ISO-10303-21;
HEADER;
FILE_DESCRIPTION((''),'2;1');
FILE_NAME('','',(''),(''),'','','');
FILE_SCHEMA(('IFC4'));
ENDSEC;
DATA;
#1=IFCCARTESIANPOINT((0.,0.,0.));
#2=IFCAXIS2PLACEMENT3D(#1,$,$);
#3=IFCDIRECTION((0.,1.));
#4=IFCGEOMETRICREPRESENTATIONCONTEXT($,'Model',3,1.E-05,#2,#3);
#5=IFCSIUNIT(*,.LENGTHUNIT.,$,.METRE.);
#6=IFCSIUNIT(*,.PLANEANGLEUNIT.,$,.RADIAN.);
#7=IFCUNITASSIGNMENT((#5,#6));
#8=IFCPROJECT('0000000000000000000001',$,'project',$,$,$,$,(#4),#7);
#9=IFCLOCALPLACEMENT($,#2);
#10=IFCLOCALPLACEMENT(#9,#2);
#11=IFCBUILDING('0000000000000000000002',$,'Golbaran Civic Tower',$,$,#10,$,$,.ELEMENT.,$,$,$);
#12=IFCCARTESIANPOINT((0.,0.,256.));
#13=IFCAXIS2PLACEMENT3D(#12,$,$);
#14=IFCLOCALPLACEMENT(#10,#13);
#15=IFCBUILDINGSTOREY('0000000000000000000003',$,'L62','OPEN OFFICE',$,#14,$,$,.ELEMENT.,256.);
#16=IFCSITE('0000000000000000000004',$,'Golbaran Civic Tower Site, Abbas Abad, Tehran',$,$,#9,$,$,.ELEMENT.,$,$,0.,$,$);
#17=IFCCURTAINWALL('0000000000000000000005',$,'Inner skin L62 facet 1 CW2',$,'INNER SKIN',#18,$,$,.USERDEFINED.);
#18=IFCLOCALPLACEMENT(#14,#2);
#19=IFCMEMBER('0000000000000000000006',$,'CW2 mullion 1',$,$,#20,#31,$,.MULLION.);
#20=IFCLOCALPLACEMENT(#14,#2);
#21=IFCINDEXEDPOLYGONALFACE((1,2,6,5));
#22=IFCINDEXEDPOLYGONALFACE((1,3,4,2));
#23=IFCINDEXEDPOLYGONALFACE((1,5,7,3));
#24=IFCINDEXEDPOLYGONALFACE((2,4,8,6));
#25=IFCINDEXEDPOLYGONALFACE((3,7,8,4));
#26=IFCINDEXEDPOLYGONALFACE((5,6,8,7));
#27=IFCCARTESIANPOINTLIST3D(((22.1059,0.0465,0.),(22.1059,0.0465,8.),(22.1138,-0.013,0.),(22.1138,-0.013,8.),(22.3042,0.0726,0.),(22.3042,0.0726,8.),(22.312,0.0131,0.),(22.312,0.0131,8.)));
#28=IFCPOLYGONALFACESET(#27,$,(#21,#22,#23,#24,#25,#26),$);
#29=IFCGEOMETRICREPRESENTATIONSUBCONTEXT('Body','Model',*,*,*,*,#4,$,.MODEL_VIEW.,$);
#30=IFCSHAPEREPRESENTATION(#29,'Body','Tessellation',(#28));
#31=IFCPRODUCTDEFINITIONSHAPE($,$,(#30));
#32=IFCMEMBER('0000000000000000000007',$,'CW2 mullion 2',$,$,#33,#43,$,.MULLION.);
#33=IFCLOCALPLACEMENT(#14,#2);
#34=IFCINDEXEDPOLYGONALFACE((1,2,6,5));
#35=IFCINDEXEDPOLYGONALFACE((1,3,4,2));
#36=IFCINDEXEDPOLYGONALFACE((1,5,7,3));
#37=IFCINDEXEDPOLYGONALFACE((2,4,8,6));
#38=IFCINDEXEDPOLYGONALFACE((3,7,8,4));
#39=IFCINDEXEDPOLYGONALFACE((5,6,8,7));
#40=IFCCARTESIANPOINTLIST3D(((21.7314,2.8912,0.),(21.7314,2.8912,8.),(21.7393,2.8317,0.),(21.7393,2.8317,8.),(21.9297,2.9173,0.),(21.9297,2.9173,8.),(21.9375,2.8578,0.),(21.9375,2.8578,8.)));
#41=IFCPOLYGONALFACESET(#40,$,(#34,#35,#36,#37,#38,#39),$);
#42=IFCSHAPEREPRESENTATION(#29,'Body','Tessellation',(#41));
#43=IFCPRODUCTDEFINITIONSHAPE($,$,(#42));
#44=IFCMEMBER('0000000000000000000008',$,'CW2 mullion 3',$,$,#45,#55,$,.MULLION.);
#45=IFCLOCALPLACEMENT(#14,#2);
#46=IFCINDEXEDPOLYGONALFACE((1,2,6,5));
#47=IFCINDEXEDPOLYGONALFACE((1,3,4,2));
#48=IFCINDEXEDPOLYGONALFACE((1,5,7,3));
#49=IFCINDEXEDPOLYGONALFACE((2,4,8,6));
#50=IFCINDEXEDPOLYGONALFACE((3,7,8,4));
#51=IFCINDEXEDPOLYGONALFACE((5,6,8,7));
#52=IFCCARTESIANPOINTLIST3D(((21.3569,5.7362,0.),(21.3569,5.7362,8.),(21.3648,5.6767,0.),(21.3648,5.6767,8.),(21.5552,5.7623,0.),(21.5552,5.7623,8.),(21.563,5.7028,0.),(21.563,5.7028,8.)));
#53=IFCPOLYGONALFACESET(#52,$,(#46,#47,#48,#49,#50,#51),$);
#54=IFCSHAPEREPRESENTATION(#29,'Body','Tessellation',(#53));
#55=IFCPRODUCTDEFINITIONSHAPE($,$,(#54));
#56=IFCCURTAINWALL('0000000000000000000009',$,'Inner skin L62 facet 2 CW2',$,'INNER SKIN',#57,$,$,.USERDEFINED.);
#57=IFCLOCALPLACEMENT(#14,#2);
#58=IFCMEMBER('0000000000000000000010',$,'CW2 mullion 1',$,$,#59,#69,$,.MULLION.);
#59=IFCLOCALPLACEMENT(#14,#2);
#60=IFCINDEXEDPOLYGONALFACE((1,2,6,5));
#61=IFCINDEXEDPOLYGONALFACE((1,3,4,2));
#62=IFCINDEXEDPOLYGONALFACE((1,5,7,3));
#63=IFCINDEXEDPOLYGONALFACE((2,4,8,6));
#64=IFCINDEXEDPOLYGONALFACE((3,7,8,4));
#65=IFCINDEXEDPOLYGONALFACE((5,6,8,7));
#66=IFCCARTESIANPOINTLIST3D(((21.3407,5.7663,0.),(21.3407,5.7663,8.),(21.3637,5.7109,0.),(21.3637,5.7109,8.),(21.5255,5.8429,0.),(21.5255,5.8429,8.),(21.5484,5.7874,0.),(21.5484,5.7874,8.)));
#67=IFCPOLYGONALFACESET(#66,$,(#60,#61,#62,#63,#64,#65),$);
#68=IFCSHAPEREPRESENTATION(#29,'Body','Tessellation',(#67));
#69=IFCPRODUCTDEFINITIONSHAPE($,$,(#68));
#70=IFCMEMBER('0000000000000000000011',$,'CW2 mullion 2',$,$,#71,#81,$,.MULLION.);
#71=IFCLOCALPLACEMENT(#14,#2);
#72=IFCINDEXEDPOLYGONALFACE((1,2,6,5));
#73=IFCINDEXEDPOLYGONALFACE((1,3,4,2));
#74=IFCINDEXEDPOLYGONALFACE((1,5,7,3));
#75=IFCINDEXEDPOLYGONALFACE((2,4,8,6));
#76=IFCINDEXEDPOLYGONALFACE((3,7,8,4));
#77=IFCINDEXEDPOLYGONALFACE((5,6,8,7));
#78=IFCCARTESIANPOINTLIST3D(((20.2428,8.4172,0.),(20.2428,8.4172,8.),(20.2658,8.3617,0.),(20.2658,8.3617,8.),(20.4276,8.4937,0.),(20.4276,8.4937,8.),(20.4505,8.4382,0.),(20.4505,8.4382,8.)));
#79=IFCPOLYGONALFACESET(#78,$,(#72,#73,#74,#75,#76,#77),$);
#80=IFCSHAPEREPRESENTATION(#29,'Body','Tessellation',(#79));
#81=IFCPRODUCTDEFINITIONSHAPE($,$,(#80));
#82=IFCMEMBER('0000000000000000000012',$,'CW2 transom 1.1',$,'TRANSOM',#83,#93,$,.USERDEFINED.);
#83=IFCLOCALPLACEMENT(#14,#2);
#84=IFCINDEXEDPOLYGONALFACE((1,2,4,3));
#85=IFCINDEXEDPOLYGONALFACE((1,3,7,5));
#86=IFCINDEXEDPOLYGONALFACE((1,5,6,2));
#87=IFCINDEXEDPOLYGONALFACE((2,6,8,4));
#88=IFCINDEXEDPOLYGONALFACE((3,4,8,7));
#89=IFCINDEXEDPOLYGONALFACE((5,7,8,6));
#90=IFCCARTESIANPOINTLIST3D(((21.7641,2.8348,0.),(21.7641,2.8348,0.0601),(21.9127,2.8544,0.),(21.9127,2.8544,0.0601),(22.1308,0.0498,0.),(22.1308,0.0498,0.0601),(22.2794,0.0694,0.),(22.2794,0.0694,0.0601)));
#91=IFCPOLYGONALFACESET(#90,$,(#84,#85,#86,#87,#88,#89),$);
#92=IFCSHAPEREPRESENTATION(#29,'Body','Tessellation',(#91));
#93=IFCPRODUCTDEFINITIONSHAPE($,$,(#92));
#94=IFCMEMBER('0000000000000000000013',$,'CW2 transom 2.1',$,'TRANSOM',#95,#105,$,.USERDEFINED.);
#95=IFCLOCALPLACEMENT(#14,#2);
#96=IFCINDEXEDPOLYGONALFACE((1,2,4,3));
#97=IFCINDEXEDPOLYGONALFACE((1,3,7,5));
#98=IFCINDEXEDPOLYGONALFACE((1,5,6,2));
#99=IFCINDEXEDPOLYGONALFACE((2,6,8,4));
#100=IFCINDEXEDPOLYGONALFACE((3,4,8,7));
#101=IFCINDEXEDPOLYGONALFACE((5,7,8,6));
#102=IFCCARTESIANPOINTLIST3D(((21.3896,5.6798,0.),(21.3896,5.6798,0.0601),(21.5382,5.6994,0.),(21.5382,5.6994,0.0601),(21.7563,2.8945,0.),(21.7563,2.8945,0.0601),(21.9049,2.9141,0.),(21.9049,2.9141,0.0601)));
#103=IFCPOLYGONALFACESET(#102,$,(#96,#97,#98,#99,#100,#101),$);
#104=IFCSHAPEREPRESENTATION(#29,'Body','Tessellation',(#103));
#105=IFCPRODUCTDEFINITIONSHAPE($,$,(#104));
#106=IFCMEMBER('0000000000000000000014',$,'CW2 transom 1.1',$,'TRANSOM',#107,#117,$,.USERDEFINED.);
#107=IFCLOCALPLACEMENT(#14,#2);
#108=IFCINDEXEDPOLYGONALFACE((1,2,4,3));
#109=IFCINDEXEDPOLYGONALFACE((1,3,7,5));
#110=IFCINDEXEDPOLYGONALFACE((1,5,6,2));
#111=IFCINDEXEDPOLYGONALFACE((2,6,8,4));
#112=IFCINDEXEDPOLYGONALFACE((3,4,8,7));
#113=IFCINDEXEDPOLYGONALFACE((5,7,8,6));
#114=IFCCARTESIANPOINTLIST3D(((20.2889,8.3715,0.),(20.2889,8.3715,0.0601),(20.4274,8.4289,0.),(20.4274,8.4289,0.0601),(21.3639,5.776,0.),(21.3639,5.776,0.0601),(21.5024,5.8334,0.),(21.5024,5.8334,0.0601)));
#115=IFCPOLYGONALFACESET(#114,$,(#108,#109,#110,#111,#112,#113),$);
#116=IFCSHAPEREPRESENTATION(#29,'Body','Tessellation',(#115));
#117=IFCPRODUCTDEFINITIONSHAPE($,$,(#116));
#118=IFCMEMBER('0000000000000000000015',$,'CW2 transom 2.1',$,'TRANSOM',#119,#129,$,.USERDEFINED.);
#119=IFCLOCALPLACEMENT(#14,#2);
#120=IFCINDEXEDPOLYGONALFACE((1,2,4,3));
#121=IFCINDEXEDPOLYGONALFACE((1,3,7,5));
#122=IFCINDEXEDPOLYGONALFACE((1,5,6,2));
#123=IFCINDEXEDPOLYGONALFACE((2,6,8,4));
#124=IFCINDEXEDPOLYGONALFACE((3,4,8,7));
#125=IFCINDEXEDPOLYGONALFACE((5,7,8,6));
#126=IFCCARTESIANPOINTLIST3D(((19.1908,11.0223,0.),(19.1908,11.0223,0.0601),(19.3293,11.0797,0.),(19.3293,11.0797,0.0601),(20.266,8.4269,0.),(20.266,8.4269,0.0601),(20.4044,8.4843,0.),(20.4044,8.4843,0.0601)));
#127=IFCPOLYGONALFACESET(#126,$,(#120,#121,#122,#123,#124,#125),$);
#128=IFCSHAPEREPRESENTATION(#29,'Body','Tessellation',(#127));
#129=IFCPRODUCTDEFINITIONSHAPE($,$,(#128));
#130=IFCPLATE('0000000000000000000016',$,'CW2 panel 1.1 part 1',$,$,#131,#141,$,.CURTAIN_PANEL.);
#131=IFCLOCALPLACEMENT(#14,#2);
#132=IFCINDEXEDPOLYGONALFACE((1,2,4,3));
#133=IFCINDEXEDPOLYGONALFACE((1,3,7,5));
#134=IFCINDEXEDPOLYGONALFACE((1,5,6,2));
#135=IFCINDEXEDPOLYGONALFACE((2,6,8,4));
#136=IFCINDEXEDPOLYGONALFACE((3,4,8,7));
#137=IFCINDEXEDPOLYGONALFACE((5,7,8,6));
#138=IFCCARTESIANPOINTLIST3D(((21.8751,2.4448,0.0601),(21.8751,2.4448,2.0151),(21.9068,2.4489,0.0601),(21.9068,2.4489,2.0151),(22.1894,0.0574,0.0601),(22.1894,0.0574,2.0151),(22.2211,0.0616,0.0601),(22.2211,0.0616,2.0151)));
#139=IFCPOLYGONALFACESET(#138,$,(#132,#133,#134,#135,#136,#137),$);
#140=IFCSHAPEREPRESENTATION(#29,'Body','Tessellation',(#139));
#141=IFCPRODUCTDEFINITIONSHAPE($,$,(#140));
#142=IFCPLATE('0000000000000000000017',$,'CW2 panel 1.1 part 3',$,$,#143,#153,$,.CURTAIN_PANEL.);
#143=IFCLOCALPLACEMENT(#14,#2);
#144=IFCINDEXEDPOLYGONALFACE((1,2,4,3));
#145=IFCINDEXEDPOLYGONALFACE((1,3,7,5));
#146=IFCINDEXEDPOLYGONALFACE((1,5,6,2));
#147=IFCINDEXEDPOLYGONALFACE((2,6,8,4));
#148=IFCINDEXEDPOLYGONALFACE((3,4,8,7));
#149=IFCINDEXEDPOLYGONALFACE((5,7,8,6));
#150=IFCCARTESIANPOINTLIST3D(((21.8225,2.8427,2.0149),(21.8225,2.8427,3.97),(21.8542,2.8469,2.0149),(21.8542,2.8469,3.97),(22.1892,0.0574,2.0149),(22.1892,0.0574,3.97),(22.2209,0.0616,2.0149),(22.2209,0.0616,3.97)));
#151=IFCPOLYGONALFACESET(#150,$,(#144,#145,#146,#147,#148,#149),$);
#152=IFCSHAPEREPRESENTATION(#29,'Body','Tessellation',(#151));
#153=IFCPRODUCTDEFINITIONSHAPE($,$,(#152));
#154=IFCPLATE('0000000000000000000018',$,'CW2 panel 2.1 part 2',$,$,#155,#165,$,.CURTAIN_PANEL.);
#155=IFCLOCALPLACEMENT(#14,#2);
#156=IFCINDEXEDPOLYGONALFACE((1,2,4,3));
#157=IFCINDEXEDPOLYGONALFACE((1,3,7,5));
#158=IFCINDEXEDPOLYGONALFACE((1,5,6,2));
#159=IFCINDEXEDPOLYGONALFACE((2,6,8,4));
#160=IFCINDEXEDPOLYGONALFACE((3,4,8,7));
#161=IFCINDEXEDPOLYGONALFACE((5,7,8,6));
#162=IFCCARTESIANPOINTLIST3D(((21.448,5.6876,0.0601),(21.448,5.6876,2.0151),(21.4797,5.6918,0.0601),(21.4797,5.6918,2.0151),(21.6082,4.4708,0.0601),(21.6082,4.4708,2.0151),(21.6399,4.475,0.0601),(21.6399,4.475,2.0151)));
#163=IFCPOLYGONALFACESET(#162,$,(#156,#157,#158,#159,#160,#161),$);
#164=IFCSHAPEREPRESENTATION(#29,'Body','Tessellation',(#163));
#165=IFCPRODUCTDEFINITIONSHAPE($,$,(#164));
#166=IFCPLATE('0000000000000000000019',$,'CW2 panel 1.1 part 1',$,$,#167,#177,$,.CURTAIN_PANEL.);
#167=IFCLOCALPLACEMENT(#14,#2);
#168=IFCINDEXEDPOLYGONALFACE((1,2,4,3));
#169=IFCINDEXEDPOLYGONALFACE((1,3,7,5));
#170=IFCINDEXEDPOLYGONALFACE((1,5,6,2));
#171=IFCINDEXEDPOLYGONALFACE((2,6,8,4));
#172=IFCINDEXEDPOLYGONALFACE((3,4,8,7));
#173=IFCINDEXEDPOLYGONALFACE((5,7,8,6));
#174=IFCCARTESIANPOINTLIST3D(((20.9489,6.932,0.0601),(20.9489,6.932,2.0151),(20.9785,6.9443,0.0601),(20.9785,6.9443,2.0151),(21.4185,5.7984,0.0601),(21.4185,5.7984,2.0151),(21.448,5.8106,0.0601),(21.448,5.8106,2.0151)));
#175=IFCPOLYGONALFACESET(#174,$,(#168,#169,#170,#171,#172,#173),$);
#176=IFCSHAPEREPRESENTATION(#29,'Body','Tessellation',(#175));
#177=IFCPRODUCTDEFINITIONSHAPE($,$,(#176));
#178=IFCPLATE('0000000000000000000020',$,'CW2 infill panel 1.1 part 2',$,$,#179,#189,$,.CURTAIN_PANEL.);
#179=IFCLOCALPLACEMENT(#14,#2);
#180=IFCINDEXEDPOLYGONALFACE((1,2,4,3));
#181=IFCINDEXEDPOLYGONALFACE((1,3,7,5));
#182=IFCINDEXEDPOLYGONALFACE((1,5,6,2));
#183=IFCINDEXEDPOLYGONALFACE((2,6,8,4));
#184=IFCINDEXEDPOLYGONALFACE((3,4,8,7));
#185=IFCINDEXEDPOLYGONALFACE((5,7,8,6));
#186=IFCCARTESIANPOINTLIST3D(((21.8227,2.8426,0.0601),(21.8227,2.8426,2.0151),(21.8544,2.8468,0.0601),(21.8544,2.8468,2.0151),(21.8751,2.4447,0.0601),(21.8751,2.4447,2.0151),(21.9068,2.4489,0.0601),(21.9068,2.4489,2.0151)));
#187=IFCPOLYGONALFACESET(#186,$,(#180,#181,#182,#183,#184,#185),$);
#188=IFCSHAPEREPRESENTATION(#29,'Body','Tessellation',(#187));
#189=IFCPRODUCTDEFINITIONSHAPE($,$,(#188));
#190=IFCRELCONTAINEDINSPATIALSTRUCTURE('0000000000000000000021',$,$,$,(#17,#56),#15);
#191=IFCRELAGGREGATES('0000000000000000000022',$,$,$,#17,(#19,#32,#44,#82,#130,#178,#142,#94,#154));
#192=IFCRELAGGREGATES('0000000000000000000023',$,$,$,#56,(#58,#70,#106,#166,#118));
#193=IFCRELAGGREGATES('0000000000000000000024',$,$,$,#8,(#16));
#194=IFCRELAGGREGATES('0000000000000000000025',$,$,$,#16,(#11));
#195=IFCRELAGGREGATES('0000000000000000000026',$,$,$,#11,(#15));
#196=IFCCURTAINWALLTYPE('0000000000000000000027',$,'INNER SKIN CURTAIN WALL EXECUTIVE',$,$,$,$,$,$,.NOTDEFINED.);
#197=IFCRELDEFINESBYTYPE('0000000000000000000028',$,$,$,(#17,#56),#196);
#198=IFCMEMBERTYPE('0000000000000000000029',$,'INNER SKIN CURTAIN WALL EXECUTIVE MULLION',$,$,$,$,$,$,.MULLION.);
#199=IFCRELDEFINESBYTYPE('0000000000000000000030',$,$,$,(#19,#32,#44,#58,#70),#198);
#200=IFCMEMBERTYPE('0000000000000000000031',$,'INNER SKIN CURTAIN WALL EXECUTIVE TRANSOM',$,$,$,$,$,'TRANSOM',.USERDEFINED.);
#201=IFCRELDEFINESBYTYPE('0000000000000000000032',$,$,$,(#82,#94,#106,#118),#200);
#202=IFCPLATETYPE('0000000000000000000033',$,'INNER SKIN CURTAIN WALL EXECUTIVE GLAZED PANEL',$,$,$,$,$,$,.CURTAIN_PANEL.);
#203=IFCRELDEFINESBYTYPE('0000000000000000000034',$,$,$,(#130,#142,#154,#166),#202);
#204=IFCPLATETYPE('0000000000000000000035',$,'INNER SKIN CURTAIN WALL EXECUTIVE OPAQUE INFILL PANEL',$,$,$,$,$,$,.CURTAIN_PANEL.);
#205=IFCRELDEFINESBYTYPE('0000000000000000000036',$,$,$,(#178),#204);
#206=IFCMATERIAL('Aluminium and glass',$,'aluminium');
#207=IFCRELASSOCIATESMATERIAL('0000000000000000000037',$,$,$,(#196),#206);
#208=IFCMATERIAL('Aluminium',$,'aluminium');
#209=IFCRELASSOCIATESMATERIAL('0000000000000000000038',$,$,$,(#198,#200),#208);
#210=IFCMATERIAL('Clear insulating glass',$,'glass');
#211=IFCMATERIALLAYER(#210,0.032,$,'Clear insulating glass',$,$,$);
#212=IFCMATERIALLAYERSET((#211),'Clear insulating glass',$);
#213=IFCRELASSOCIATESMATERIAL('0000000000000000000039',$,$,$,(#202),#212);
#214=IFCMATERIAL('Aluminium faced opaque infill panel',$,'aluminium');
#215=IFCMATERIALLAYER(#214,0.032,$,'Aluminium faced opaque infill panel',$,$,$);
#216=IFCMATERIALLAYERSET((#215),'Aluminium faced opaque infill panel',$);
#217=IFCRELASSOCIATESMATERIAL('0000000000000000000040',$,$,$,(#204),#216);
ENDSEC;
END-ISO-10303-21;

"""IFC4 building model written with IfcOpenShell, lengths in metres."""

from ifc_helpers import new_model, si_unit, direction, frame, origin, origin_2d, place, context, subcontext, project, spatial, rectangle, extrude, material, layer, layer_set, material_profile, profile_set, type_object, element, aggregate, save


model = new_model("IFC4")

# Units and contexts
model_context = context("Model", 3, precision=1e-05, world=origin(), true_north=direction((0.0, 1.0)))
body_context = subcontext(model_context, "Body", "Model", "MODEL_VIEW")
ifc_project = project(units=[si_unit("LENGTHUNIT", "METRE"), si_unit("PLANEANGLEUNIT", "RADIAN")], contexts=[model_context])

# Site, building, storey
site_placement = place(None, origin())
site = spatial("IfcSite", under=ifc_project, at=site_placement, Name="Golbaran Civic Tower Site, Abbas Abad, Tehran", CompositionType="ELEMENT", RefElevation=0.0)
building_placement = place(site_placement, origin())
building = spatial("IfcBuilding", under=site, at=building_placement, Name="Golbaran Civic Tower", CompositionType="ELEMENT")
storey_placement = place(building_placement, frame((0.0, 0.0, 256.0)))
storey = spatial("IfcBuildingStorey", under=building, at=storey_placement, Name="L62", Description="OPEN OFFICE", CompositionType="ELEMENT", Elevation=256.0)

# Curtain walls, members
ifc_material_1 = material(Name="Aluminium and glass", Category="aluminium")
curtain_wall_type = type_object("IfcCurtainWallType", Name="INNER SKIN CURTAIN WALL EXECUTIVE", PredefinedType="NOTDEFINED", material=ifc_material_1)
curtain_wall_1_placement = place(storey_placement, origin())
curtain_wall_1 = element("IfcCurtainWall", 1, at=curtain_wall_1_placement, inside=storey, type_object=curtain_wall_type, Name="Inner skin L62 facet 1 CW2", ObjectType="INNER SKIN", PredefinedType="USERDEFINED")
ifc_material_2 = material(Name="Aluminium", Category="aluminium")
ifc_material_profile_1 = material_profile(ifc_material_2, rectangle(XDim=0.2, YDim=0.0601, at=origin_2d()), Name="INNER SKIN CURTAIN WALL EXECUTIVE MULLION")
ifc_profile_set_1 = profile_set([ifc_material_profile_1], Name="Aluminium")
member_type_1 = type_object("IfcMemberType", Name="INNER SKIN CURTAIN WALL EXECUTIVE MULLION", PredefinedType="MULLION", material=ifc_profile_set_1)
member_1_placement = place(storey_placement, frame((22.209, 0.0298, 0.0), z_axis=(0.0, 0.0, 1.0), x_axis=(-0.991445, -0.130526, 0.0)))
member_1 = element("IfcMember", 2, at=member_1_placement, type_object=member_type_1, Name="CW2 mullion 1", PredefinedType="MULLION", context=body_context, shape_type="SweptSolid", body=[
    extrude(rectangle(XDim=0.2, YDim=0.0601, at=origin_2d()), origin(), (0.0, 0.0, 1.0), 8.0),
])
member_2_placement = place(storey_placement, frame((21.8345, 2.8745, 0.0), z_axis=(0.0, 0.0, 1.0), x_axis=(-0.991445, -0.130526, 0.0)))
member_2 = element("IfcMember", 3, at=member_2_placement, type_object=member_type_1, Name="CW2 mullion 2", PredefinedType="MULLION", context=body_context, shape_type="SweptSolid", body=[
    extrude(rectangle(XDim=0.2, YDim=0.0601, at=origin_2d()), origin(), (0.0, 0.0, 1.0), 8.0),
])
member_3_placement = place(storey_placement, frame((21.46, 5.7195, 0.0), z_axis=(0.0, 0.0, 1.0), x_axis=(-0.991445, -0.130526, 0.0)))
member_3 = element("IfcMember", 4, at=member_3_placement, type_object=member_type_1, Name="CW2 mullion 3", PredefinedType="MULLION", context=body_context, shape_type="SweptSolid", body=[
    extrude(rectangle(XDim=0.2, YDim=0.0601, at=origin_2d()), origin(), (0.0, 0.0, 1.0), 8.0),
])
curtain_wall_2_placement = place(storey_placement, origin())
curtain_wall_2 = element("IfcCurtainWall", 5, at=curtain_wall_2_placement, inside=storey, type_object=curtain_wall_type, Name="Inner skin L62 facet 2 CW2", ObjectType="INNER SKIN", PredefinedType="USERDEFINED")
member_4_placement = place(storey_placement, frame((21.4446, 5.7769, 0.0), z_axis=(0.0, 0.0, 1.0), x_axis=(-0.92388, -0.382683, 0.0)))
member_4 = element("IfcMember", 6, at=member_4_placement, type_object=member_type_1, Name="CW2 mullion 1", PredefinedType="MULLION", context=body_context, shape_type="SweptSolid", body=[
    extrude(rectangle(XDim=0.2, YDim=0.0601, at=origin_2d()), origin(), (0.0, 0.0, 1.0), 8.0),
])
member_5_placement = place(storey_placement, frame((20.3467, 8.4277, 0.0), z_axis=(0.0, 0.0, 1.0), x_axis=(-0.92388, -0.382683, 0.0)))
member_5 = element("IfcMember", 7, at=member_5_placement, type_object=member_type_1, Name="CW2 mullion 2", PredefinedType="MULLION", context=body_context, shape_type="SweptSolid", body=[
    extrude(rectangle(XDim=0.2, YDim=0.0601, at=origin_2d()), origin(), (0.0, 0.0, 1.0), 8.0),
])

# Members
ifc_material_profile_2 = material_profile(ifc_material_2, rectangle(XDim=0.1499, YDim=0.0601, at=origin_2d()), Name="INNER SKIN CURTAIN WALL EXECUTIVE TRANSOM")
ifc_profile_set_2 = profile_set([ifc_material_profile_2], Name="Aluminium")
member_type_2 = type_object("IfcMemberType", Name="INNER SKIN CURTAIN WALL EXECUTIVE TRANSOM", ElementType="TRANSOM", PredefinedType="USERDEFINED", material=ifc_profile_set_2)
member_6_placement = place(storey_placement, frame((22.2051, 0.0596, 0.03), z_axis=(-0.130535, 0.991444, 0.0), x_axis=(-0.991444, -0.130535, 0.0)))
member_6 = element("IfcMember", 8, at=member_6_placement, type_object=member_type_2, Name="CW2 transom 1.1", ObjectType="TRANSOM", PredefinedType="USERDEFINED", context=body_context, shape_type="SweptSolid", body=[
    extrude(rectangle(XDim=0.1499, YDim=0.0601, at=origin_2d()), origin(), (0.0, 0.0, 1.0), 2.8091),
])
member_7_placement = place(storey_placement, frame((21.8306, 2.9043, 0.03), z_axis=(-0.130524, 0.991445, 0.0), x_axis=(-0.991445, -0.130524, 0.0)))
member_7 = element("IfcMember", 9, at=member_7_placement, type_object=member_type_2, Name="CW2 transom 2.1", ObjectType="TRANSOM", PredefinedType="USERDEFINED", context=body_context, shape_type="SweptSolid", body=[
    extrude(rectangle(XDim=0.1499, YDim=0.0601, at=origin_2d()), origin(), (0.0, 0.0, 1.0), 2.8093),
])
member_8_placement = place(storey_placement, frame((21.4331, 5.8047, 0.03), z_axis=(-0.382646, 0.923895, 0.0), x_axis=(-0.923895, -0.382646, 0.0)))
member_8 = element("IfcMember", 10, at=member_8_placement, type_object=member_type_2, Name="CW2 transom 1.1", ObjectType="TRANSOM", PredefinedType="USERDEFINED", context=body_context, shape_type="SweptSolid", body=[
    extrude(rectangle(XDim=0.1499, YDim=0.0601, at=origin_2d()), origin(), (0.0, 0.0, 1.0), 2.8093),
])
member_9_placement = place(storey_placement, frame((20.3352, 8.4556, 0.03), z_axis=(-0.38272, 0.923864, 0.0), x_axis=(-0.923864, -0.38272, 0.0)))
member_9 = element("IfcMember", 11, at=member_9_placement, type_object=member_type_2, Name="CW2 transom 2.1", ObjectType="TRANSOM", PredefinedType="USERDEFINED", context=body_context, shape_type="SweptSolid", body=[
    extrude(rectangle(XDim=0.1499, YDim=0.0601, at=origin_2d()), origin(), (0.0, 0.0, 1.0), 2.8093),
])

# Plates
ifc_material_3 = material(Name="Clear insulating glass", Category="glass")
ifc_layer_1 = layer(ifc_material_3, 0.032, Name="Clear insulating glass")
ifc_layer_set_1 = layer_set([ifc_layer_1], Name="Clear insulating glass")
plate_type_1 = type_object("IfcPlateType", Name="INNER SKIN CURTAIN WALL EXECUTIVE GLAZED PANEL", PredefinedType="CURTAIN_PANEL", material=ifc_layer_set_1)
plate_1_placement = place(storey_placement, frame((22.0481, 1.2532, 0.0601), z_axis=(0.0, 0.0, 1.0), x_axis=(-0.130526, 0.991445, 0.0)))
plate_1 = element("IfcPlate", 12, at=plate_1_placement, type_object=plate_type_1, Name="CW2 panel 1.1 part 1", PredefinedType="CURTAIN_PANEL", context=body_context, shape_type="SweptSolid", body=[
    extrude(rectangle(XDim=2.408, YDim=0.032, at=origin_2d()), origin(), (0.0, 0.0, 1.0), 1.9551),
])
plate_2_placement = place(storey_placement, frame((22.0217, 1.4521, 2.0149), z_axis=(0.0, 0.0, 1.0), x_axis=(-0.130526, 0.991445, 0.0)))
plate_2 = element("IfcPlate", 13, at=plate_2_placement, type_object=plate_type_1, Name="CW2 panel 1.1 part 3", PredefinedType="CURTAIN_PANEL", context=body_context, shape_type="SweptSolid", body=[
    extrude(rectangle(XDim=2.8093, YDim=0.032, at=origin_2d()), origin(), (0.0, 0.0, 1.0), 1.9551),
])
plate_3_placement = place(storey_placement, frame((21.5439, 5.0813, 0.0601), z_axis=(0.0, 0.0, 1.0), x_axis=(-0.130526, 0.991445, 0.0)))
plate_3 = element("IfcPlate", 14, at=plate_3_placement, type_object=plate_type_1, Name="CW2 panel 2.1 part 2", PredefinedType="CURTAIN_PANEL", context=body_context, shape_type="SweptSolid", body=[
    extrude(rectangle(XDim=1.2273, YDim=0.032, at=origin_2d()), origin(), (0.0, 0.0, 1.0), 1.9551),
])
plate_4_placement = place(storey_placement, frame((21.1985, 6.3713, 0.0601), z_axis=(0.0, 0.0, 1.0), x_axis=(-0.382683, 0.92388, 0.0)))
plate_4 = element("IfcPlate", 15, at=plate_4_placement, type_object=plate_type_1, Name="CW2 panel 1.1 part 1", PredefinedType="CURTAIN_PANEL", context=body_context, shape_type="SweptSolid", body=[
    extrude(rectangle(XDim=1.2271, YDim=0.032, at=origin_2d()), origin(), (0.0, 0.0, 1.0), 1.9551),
])
ifc_material_4 = material(Name="Aluminium faced opaque infill panel", Category="aluminium")
ifc_layer_2 = layer(ifc_material_4, 0.032, Name="Aluminium faced opaque infill panel")
ifc_layer_set_2 = layer_set([ifc_layer_2], Name="Aluminium faced opaque infill panel")
plate_type_2 = type_object("IfcPlateType", Name="INNER SKIN CURTAIN WALL EXECUTIVE OPAQUE INFILL PANEL", PredefinedType="CURTAIN_PANEL", material=ifc_layer_set_2)
plate_5_placement = place(storey_placement, frame((21.8647, 2.6458, 0.0601), z_axis=(0.0, 0.0, 1.0), x_axis=(-0.130526, 0.991445, 0.0)))
plate_5 = element("IfcPlate", 16, at=plate_5_placement, type_object=plate_type_2, Name="CW2 infill panel 1.1 part 2", PredefinedType="CURTAIN_PANEL", context=body_context, shape_type="SweptSolid", body=[
    extrude(rectangle(XDim=0.4014, YDim=0.032, at=origin_2d()), origin(), (0.0, 0.0, 1.0), 1.9551),
])
aggregate(curtain_wall_1, [member_1, member_2, member_3, member_6, plate_1, plate_5, plate_2, member_7, plate_3])
aggregate(curtain_wall_2, [member_4, member_5, member_8, plate_4, member_9])

save(model, "model.ifc")
